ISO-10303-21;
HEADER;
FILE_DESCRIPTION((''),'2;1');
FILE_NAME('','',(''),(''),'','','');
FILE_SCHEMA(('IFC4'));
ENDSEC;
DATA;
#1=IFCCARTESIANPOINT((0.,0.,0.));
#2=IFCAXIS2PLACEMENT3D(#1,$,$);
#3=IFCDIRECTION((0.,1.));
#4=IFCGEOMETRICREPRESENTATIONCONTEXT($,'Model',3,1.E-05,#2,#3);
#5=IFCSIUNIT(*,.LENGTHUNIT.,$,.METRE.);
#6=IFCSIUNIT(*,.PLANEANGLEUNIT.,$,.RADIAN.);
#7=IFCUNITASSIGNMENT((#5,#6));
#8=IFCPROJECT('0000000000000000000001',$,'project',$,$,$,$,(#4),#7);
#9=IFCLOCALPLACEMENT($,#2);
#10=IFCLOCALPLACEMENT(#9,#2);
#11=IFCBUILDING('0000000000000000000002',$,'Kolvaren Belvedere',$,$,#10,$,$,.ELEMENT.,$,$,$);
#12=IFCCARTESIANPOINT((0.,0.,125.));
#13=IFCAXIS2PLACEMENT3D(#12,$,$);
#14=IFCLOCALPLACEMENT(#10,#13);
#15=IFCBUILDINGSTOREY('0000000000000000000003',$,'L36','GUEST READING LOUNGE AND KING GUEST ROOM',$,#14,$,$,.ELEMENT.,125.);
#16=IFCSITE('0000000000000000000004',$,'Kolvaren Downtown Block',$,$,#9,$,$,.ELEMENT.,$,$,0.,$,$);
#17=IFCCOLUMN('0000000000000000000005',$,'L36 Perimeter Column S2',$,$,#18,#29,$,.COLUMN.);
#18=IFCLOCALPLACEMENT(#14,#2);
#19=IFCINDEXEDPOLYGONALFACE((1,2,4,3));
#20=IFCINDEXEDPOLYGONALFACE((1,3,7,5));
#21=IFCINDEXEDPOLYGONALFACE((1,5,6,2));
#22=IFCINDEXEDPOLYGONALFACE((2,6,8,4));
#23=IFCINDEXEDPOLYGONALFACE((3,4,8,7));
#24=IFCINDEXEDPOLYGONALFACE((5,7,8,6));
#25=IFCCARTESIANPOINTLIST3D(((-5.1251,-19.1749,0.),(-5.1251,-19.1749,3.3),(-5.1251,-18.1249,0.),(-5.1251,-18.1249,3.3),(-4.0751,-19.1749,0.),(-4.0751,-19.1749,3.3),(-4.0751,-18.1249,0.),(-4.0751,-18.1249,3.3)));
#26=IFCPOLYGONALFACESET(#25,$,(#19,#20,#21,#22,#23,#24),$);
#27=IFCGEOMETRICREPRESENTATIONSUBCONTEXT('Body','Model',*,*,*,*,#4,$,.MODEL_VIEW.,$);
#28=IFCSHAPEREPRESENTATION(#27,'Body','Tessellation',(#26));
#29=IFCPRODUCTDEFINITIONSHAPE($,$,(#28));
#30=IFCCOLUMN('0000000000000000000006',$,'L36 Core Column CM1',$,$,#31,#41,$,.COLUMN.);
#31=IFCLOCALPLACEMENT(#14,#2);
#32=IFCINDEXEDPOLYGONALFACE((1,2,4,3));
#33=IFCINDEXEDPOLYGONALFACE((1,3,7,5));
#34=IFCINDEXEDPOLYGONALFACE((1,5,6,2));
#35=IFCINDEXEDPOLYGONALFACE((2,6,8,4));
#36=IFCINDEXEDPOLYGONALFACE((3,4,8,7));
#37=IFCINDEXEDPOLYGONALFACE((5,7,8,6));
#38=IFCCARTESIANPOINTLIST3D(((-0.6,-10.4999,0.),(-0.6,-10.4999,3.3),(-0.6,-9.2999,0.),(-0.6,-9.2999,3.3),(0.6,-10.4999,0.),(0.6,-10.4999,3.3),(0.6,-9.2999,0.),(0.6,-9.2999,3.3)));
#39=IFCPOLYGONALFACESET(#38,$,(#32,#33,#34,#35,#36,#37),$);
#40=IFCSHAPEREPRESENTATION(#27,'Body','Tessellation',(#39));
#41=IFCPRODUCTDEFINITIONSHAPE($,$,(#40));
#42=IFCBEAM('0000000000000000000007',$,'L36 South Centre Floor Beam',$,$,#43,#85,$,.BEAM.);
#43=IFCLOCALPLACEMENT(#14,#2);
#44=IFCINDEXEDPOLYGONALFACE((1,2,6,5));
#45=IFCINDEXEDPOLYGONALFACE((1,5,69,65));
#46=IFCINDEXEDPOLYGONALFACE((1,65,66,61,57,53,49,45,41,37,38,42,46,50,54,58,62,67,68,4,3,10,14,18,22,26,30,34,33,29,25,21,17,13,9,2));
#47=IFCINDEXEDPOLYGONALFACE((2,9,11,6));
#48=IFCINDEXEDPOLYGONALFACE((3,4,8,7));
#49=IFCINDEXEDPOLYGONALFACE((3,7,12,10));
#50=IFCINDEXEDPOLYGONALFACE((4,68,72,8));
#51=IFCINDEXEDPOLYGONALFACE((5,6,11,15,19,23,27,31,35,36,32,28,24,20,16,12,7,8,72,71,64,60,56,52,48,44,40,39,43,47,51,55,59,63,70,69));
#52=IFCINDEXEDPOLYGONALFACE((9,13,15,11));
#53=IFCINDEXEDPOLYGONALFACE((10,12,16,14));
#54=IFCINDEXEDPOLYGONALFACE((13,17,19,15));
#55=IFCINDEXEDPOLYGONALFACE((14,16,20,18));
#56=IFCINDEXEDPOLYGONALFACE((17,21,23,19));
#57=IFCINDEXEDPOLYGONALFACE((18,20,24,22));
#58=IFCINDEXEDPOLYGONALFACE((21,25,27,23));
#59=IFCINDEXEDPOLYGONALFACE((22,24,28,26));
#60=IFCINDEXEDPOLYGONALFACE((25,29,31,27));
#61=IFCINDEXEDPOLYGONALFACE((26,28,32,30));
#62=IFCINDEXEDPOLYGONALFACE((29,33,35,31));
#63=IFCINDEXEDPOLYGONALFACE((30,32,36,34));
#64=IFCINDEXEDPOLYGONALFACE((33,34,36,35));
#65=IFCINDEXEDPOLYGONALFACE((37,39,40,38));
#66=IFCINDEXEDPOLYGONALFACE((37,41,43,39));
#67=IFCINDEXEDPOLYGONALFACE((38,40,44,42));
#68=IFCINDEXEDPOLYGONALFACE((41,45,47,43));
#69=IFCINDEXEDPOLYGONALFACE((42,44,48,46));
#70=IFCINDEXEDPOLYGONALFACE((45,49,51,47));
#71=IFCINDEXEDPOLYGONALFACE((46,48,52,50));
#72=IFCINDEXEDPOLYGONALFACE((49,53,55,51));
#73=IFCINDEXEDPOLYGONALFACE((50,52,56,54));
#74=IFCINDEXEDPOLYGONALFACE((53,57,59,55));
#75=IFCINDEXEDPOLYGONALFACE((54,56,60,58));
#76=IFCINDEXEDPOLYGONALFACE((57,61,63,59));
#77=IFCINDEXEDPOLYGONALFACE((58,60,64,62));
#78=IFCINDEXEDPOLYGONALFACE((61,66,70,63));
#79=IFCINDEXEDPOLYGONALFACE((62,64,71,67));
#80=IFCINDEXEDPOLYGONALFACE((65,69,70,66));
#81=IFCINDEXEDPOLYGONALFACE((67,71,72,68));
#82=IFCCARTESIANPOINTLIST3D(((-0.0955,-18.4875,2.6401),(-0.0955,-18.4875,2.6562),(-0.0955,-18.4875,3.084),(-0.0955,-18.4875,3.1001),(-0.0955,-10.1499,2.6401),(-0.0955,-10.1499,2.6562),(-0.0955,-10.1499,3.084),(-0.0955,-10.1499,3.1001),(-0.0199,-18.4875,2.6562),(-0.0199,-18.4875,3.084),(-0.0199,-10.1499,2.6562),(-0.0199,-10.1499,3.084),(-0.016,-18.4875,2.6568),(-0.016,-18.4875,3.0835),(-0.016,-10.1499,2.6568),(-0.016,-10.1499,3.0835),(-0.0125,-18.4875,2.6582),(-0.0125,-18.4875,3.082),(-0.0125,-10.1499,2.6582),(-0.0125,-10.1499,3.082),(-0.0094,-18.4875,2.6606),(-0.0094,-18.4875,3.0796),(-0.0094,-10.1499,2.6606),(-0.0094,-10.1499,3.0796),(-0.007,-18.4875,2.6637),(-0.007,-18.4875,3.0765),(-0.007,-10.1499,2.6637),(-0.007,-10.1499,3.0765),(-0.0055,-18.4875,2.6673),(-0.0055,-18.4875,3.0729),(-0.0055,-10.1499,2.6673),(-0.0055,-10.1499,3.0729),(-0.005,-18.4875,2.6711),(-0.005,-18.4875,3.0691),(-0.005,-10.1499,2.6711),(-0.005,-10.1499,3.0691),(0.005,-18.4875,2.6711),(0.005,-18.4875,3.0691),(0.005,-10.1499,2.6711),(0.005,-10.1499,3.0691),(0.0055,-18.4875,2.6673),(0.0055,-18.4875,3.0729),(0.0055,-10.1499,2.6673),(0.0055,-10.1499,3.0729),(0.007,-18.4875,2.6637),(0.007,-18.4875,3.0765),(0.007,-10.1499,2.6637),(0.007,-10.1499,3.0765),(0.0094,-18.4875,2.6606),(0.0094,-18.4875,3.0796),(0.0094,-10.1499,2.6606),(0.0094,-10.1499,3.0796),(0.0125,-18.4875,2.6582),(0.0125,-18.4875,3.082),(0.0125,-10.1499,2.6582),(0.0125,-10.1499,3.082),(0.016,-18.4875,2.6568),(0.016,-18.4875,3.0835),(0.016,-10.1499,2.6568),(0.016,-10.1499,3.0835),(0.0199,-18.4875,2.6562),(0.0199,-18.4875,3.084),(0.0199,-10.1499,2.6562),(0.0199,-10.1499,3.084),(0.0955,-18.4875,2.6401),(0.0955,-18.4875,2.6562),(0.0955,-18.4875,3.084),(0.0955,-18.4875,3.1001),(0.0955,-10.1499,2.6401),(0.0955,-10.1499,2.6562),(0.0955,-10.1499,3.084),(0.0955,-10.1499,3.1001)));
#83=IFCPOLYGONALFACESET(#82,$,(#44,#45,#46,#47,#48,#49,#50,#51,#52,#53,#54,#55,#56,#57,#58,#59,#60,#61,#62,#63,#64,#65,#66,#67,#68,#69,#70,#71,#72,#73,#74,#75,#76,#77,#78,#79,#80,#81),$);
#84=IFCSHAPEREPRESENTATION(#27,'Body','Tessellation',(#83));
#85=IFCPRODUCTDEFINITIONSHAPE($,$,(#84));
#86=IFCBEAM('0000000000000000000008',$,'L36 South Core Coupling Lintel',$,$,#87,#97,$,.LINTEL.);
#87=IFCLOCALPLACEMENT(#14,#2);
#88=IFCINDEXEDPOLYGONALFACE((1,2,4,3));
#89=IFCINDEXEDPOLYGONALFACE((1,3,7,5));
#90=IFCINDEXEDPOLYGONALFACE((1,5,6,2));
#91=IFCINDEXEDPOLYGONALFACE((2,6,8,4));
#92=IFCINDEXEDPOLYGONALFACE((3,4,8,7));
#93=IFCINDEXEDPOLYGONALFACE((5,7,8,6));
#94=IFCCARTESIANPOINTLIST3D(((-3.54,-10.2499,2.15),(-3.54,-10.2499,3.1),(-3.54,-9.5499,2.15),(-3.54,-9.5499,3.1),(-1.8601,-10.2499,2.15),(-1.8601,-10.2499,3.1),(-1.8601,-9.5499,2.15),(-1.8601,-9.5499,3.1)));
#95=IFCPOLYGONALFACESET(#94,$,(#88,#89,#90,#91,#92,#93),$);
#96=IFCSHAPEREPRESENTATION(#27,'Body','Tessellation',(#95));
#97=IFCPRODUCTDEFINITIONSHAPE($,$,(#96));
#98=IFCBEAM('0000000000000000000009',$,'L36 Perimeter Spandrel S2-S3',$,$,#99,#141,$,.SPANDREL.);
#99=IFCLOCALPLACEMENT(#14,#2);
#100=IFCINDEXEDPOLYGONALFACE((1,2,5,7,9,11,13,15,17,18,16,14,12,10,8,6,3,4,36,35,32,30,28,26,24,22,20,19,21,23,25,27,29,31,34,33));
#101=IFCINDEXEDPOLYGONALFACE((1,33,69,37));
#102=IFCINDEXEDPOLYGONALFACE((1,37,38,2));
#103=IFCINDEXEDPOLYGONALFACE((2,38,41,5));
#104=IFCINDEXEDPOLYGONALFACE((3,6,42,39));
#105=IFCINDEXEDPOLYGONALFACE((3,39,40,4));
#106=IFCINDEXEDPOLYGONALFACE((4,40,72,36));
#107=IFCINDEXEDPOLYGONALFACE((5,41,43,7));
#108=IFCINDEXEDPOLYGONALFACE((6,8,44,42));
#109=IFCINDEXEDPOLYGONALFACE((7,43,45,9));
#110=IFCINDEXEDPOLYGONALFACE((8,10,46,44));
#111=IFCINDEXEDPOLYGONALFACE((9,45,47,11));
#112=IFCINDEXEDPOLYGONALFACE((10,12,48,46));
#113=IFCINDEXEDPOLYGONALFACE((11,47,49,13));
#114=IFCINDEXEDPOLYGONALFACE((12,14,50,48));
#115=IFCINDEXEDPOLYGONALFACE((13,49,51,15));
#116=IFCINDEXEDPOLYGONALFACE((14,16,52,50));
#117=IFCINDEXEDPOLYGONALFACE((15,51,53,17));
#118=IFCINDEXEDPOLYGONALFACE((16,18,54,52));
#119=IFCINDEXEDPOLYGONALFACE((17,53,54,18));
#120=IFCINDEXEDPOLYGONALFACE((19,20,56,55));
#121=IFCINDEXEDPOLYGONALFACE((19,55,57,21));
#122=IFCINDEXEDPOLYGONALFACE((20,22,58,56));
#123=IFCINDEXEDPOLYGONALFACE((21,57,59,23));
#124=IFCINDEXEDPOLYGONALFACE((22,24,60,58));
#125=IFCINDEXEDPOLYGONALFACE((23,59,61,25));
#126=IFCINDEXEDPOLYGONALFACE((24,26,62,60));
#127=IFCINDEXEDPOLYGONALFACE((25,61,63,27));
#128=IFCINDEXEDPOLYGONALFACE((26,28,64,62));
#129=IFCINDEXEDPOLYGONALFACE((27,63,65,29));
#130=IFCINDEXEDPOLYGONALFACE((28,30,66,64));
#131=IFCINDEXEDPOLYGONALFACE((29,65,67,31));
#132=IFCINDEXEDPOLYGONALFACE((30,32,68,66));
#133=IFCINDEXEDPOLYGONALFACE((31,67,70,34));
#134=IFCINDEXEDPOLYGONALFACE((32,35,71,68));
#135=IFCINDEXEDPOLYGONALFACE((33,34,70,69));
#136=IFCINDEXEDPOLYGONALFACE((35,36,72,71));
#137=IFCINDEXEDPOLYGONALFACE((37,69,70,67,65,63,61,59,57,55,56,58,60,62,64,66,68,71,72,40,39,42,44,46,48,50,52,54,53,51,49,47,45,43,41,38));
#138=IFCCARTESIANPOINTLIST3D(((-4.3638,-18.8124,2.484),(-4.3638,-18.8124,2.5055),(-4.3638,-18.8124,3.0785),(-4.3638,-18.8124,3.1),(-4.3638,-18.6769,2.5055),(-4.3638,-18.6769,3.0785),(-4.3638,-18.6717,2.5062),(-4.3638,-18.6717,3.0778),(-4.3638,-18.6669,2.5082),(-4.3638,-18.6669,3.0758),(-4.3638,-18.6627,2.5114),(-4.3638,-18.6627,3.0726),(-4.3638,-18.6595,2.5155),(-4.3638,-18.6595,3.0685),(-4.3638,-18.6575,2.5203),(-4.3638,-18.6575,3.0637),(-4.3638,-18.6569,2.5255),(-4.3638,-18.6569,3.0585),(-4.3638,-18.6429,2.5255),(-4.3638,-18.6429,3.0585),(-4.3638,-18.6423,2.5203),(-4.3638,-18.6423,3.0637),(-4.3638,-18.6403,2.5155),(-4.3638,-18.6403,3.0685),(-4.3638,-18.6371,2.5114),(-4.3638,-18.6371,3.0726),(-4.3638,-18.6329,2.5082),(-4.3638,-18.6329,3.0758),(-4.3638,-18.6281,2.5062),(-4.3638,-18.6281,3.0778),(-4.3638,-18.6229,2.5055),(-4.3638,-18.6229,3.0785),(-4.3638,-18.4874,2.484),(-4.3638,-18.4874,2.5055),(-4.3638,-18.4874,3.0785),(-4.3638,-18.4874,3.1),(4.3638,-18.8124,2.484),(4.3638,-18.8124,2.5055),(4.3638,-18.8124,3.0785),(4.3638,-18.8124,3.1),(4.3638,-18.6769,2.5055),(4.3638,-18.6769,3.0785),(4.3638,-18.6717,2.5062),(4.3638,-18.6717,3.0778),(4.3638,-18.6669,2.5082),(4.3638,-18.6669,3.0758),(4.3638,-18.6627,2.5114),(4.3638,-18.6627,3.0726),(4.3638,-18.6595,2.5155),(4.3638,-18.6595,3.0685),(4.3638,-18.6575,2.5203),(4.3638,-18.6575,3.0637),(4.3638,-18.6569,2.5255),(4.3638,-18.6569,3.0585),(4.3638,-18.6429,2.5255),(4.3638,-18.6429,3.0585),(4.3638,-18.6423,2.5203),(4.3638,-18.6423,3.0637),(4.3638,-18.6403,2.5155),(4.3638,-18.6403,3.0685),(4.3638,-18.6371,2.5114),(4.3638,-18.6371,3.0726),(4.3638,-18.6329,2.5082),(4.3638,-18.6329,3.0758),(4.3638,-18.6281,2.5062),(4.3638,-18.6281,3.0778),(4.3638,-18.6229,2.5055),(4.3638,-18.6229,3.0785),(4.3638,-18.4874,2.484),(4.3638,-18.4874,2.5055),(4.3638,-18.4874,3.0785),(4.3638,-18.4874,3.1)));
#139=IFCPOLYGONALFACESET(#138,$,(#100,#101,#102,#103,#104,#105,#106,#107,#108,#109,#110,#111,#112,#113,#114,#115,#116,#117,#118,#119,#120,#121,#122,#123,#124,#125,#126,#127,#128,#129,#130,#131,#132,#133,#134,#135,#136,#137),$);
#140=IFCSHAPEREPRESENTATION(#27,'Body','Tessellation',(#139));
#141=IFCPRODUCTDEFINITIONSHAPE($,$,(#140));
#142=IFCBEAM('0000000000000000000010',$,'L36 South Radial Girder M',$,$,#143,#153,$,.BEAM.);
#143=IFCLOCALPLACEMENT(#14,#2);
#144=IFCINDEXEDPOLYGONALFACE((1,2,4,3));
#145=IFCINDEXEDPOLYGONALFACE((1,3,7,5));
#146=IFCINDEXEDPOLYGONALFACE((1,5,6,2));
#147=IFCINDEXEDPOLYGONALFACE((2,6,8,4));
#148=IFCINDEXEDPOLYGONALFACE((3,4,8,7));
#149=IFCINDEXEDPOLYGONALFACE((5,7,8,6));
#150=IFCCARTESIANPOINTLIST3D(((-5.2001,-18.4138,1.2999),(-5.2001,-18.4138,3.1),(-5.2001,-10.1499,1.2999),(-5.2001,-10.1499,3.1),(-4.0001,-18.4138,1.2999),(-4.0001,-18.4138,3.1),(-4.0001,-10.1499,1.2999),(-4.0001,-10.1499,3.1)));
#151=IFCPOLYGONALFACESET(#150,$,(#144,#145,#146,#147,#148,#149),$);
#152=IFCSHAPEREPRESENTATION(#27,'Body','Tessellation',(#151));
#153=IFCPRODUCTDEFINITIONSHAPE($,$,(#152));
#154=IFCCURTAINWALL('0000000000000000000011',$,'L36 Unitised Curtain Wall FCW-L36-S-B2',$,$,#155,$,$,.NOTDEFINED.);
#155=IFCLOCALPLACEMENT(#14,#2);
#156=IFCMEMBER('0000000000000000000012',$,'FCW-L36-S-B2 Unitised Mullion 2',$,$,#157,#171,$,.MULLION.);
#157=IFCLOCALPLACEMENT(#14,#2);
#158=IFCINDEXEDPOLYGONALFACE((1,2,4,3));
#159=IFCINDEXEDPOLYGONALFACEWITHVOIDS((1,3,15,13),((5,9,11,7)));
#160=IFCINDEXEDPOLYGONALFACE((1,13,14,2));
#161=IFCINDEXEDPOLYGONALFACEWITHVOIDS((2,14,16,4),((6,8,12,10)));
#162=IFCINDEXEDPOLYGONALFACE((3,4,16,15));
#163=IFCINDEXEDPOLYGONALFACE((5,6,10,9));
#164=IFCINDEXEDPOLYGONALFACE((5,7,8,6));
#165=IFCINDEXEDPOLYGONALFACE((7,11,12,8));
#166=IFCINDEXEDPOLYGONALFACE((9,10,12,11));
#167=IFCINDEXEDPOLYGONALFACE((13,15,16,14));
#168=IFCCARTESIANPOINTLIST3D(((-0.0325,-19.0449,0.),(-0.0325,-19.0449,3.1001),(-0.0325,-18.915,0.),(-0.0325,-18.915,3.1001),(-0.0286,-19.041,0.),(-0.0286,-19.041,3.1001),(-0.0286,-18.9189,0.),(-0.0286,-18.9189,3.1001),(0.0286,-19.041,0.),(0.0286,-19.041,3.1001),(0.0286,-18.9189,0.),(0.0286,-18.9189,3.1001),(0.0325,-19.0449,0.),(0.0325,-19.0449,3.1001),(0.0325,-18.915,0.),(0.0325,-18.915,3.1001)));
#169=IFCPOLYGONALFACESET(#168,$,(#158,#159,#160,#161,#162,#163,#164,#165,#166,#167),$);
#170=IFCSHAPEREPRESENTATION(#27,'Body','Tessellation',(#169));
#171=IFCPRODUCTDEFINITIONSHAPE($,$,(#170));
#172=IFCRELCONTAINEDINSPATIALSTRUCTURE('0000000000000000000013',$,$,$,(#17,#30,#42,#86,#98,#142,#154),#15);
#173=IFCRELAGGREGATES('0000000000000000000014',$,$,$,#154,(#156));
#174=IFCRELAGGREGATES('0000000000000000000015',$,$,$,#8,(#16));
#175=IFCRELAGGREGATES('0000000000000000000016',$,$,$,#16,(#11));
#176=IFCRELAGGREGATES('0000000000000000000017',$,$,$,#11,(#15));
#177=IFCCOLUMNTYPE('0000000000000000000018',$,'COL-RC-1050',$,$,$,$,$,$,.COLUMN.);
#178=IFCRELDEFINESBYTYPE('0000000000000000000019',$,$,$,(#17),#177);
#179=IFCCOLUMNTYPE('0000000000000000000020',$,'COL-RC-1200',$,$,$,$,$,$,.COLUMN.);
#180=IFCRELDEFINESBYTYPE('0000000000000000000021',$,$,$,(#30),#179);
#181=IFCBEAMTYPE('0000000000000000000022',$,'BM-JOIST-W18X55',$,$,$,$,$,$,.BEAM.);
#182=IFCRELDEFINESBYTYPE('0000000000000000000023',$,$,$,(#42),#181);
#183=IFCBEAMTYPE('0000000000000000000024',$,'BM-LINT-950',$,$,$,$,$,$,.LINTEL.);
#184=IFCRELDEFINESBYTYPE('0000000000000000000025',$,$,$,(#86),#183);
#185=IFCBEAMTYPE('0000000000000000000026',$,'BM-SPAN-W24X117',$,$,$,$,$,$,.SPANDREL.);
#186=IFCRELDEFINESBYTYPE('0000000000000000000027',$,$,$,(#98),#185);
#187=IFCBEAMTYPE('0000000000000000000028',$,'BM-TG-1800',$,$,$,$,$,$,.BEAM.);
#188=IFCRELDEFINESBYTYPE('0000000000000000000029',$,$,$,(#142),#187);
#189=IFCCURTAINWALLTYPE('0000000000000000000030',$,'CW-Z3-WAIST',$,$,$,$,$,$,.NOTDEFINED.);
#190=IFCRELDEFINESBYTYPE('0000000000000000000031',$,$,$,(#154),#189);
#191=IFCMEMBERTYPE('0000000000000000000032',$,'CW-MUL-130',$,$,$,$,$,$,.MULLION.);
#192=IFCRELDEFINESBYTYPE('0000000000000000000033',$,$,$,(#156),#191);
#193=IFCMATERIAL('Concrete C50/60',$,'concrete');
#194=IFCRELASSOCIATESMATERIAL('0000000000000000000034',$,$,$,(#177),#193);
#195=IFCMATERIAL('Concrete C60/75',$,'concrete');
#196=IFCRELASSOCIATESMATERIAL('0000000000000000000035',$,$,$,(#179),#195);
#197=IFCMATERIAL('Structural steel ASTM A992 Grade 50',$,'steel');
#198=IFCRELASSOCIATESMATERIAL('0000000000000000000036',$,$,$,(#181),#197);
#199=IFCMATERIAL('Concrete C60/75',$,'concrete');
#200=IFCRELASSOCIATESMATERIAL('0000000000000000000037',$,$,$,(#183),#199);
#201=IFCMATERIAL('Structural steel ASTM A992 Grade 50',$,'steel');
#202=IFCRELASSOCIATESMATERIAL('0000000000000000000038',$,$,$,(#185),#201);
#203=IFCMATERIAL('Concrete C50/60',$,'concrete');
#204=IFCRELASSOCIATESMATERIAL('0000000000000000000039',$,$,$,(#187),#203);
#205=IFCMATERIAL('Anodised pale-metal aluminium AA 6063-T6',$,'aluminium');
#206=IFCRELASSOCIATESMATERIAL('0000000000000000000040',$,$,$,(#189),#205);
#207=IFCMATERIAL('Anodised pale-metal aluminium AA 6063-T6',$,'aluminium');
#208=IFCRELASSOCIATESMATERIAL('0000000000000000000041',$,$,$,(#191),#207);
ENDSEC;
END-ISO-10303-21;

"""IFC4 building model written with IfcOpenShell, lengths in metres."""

from ifc_helpers import new_model, si_unit, direction, frame, origin, origin_2d, place, context, subcontext, project, spatial, rectangle, hollow_rectangle, i_section, extrude, material, material_profile, profile_set, type_object, element, aggregate, save


model = new_model("IFC4")

# Units and contexts
model_context = context("Model", 3, precision=1e-05, world=origin(), true_north=direction((0.0, 1.0)))
body_context = subcontext(model_context, "Body", "Model", "MODEL_VIEW")
ifc_project = project(units=[si_unit("LENGTHUNIT", "METRE"), si_unit("PLANEANGLEUNIT", "RADIAN")], contexts=[model_context])

# Site, building, storey
site_placement = place(None, origin())
site = spatial("IfcSite", under=ifc_project, at=site_placement, Name="Kolvaren Downtown Block", CompositionType="ELEMENT", RefElevation=0.0)
building_placement = place(site_placement, origin())
building = spatial("IfcBuilding", under=site, at=building_placement, Name="Kolvaren Belvedere", CompositionType="ELEMENT")
storey_placement = place(building_placement, frame((0.0, 0.0, 125.0)))
storey = spatial("IfcBuildingStorey", under=building, at=storey_placement, Name="L36", Description="GUEST READING LOUNGE AND KING GUEST ROOM", CompositionType="ELEMENT", Elevation=125.0)

# Columns
ifc_material_1 = material(Name="Concrete C50/60", Category="concrete")
ifc_material_profile_1 = material_profile(ifc_material_1, rectangle(XDim=1.05, YDim=1.05, at=origin_2d()), Name="RC 1050X1050")
ifc_profile_set_1 = profile_set([ifc_material_profile_1], Name="Concrete C50/60")
column_type_1 = type_object("IfcColumnType", Name="COL-RC-1050", PredefinedType="COLUMN", material=ifc_profile_set_1)
column_1_placement = place(storey_placement, frame((-4.6001, -18.6499, 0.0), z_axis=(0.0, 0.0, 1.0), x_axis=(1.0, 0.0, 0.0)))
element("IfcColumn", 1, at=column_1_placement, inside=storey, type_object=column_type_1, Name="L36 Perimeter Column S2", PredefinedType="COLUMN", context=body_context, shape_type="SweptSolid", body=[
    extrude(rectangle(XDim=1.05, YDim=1.05, at=origin_2d()), origin(), (0.0, 0.0, 1.0), 3.3),
])
ifc_material_2 = material(Name="Concrete C60/75", Category="concrete")
ifc_material_profile_2 = material_profile(ifc_material_2, rectangle(XDim=1.2, YDim=1.2, at=origin_2d()), Name="RC 1200X1200")
ifc_profile_set_2 = profile_set([ifc_material_profile_2], Name="Concrete C60/75")
column_type_2 = type_object("IfcColumnType", Name="COL-RC-1200", PredefinedType="COLUMN", material=ifc_profile_set_2)
column_2_placement = place(storey_placement, frame((0.0, -9.8999, 0.0), z_axis=(0.0, 0.0, 1.0), x_axis=(1.0, 0.0, 0.0)))
element("IfcColumn", 2, at=column_2_placement, inside=storey, type_object=column_type_2, Name="L36 Core Column CM1", PredefinedType="COLUMN", context=body_context, shape_type="SweptSolid", body=[
    extrude(rectangle(XDim=1.2, YDim=1.2, at=origin_2d()), origin(), (0.0, 0.0, 1.0), 3.3),
])

# Beams
ifc_material_3 = material(Name="Structural steel ASTM A992 Grade 50", Category="steel")
ifc_material_profile_3 = material_profile(ifc_material_3, i_section(OverallWidth=0.1909, OverallDepth=0.46, WebThickness=0.01, FlangeThickness=0.0161, FilletRadius=0.0149, at=origin_2d()), Name="W18X55")
ifc_profile_set_3 = profile_set([ifc_material_profile_3], Name="Structural steel ASTM A992 Grade 50")
beam_type_1 = type_object("IfcBeamType", Name="BM-JOIST-W18X55", PredefinedType="BEAM", material=ifc_profile_set_3)
beam_1_placement = place(storey_placement, frame((0.0, -10.1499, 2.8701), z_axis=(0.0, -1.0, 0.0), x_axis=(1.0, 0.0, 0.0)))
element("IfcBeam", 3, at=beam_1_placement, inside=storey, type_object=beam_type_1, Name="L36 South Centre Floor Beam", PredefinedType="BEAM", context=body_context, shape_type="SweptSolid", body=[
    extrude(i_section(OverallWidth=0.1909, OverallDepth=0.46, WebThickness=0.01, FlangeThickness=0.0161, FilletRadius=0.0149, at=origin_2d()), origin(), (0.0, 0.0, 1.0), 8.3376),
])
ifc_material_4 = material(Name="Concrete C60/75", Category="concrete")
ifc_material_profile_4 = material_profile(ifc_material_4, rectangle(XDim=0.7, YDim=0.95, at=origin_2d()), Name="RC 700X950")
ifc_profile_set_4 = profile_set([ifc_material_profile_4], Name="Concrete C60/75")
beam_type_2 = type_object("IfcBeamType", Name="BM-LINT-950", PredefinedType="LINTEL", material=ifc_profile_set_4)
beam_2_placement = place(storey_placement, frame((-3.54, -9.8999, 2.625), z_axis=(1.0, 0.0, 0.0), x_axis=(0.0, 1.0, 0.0)))
element("IfcBeam", 4, at=beam_2_placement, inside=storey, type_object=beam_type_2, Name="L36 South Core Coupling Lintel", PredefinedType="LINTEL", context=body_context, shape_type="SweptSolid", body=[
    extrude(rectangle(XDim=0.7, YDim=0.95, at=origin_2d()), origin(), (0.0, 0.0, 1.0), 1.6799),
])
ifc_material_5 = material(Name="Structural steel ASTM A992 Grade 50", Category="steel")
ifc_material_profile_5 = material_profile(ifc_material_5, i_section(OverallWidth=0.325, OverallDepth=0.616, WebThickness=0.0139, FlangeThickness=0.0215, FilletRadius=0.02, at=origin_2d()), Name="W24X117")
ifc_profile_set_5 = profile_set([ifc_material_profile_5], Name="Structural steel ASTM A992 Grade 50")
beam_type_3 = type_object("IfcBeamType", Name="BM-SPAN-W24X117", PredefinedType="SPANDREL", material=ifc_profile_set_5)
beam_3_placement = place(storey_placement, frame((-4.3638, -18.6499, 2.792), z_axis=(1.0, 0.0, 0.0), x_axis=(0.0, 1.0, 0.0)))
element("IfcBeam", 5, at=beam_3_placement, inside=storey, type_object=beam_type_3, Name="L36 Perimeter Spandrel S2-S3", PredefinedType="SPANDREL", context=body_context, shape_type="SweptSolid", body=[
    extrude(i_section(OverallWidth=0.325, OverallDepth=0.616, WebThickness=0.0139, FlangeThickness=0.0215, FilletRadius=0.02, at=origin_2d()), origin(), (0.0, 0.0, 1.0), 8.7275),
])
ifc_material_6 = material(Name="Concrete C50/60", Category="concrete")
ifc_material_profile_6 = material_profile(ifc_material_6, rectangle(XDim=1.2, YDim=1.8, at=origin_2d()), Name="RC 1200X1800")
ifc_profile_set_6 = profile_set([ifc_material_profile_6], Name="Concrete C50/60")
beam_type_4 = type_object("IfcBeamType", Name="BM-TG-1800", PredefinedType="BEAM", material=ifc_profile_set_6)
beam_4_placement = place(storey_placement, frame((-4.6001, -10.1499, 2.2), z_axis=(0.0, -1.0, 0.0), x_axis=(1.0, 0.0, 0.0)))
element("IfcBeam", 6, at=beam_4_placement, inside=storey, type_object=beam_type_4, Name="L36 South Radial Girder M", PredefinedType="BEAM", context=body_context, shape_type="SweptSolid", body=[
    extrude(rectangle(XDim=1.2, YDim=1.8, at=origin_2d()), origin(), (0.0, 0.0, 1.0), 8.2639),
])

# Curtain wall, member
ifc_material_7 = material(Name="Anodised pale-metal aluminium AA 6063-T6", Category="aluminium")
curtain_wall_type = type_object("IfcCurtainWallType", Name="CW-Z3-WAIST", PredefinedType="NOTDEFINED", material=ifc_material_7)
curtain_wall_1_placement = place(storey_placement, origin())
curtain_wall_1 = element("IfcCurtainWall", 7, at=curtain_wall_1_placement, inside=storey, type_object=curtain_wall_type, Name="L36 Unitised Curtain Wall FCW-L36-S-B2", PredefinedType="NOTDEFINED")
ifc_material_8 = material(Name="Anodised pale-metal aluminium AA 6063-T6", Category="aluminium")
ifc_material_profile_7 = material_profile(ifc_material_8, hollow_rectangle(XDim=0.0649, YDim=0.1299, WallThickness=0.0039, at=origin_2d()), Name="ALU-MUL-130X65")
ifc_profile_set_7 = profile_set([ifc_material_profile_7], Name="Anodised pale-metal aluminium AA 6063-T6")
member_type_1 = type_object("IfcMemberType", Name="CW-MUL-130", PredefinedType="MULLION", material=ifc_profile_set_7)
member_1_placement = place(storey_placement, frame((0.0, -18.98, 0.0), z_axis=(0.0, 0.0, 1.0), x_axis=(1.0, 0.0, 0.0)))
member_1 = element("IfcMember", 8, at=member_1_placement, type_object=member_type_1, Name="FCW-L36-S-B2 Unitised Mullion 2", PredefinedType="MULLION", context=body_context, shape_type="SweptSolid", body=[
    extrude(hollow_rectangle(XDim=0.0649, YDim=0.1299, WallThickness=0.0039, at=origin_2d()), origin(), (0.0, 0.0, 1.0), 3.1001),
])

aggregate(curtain_wall_1, [member_1])

save(model, "model.ifc")
